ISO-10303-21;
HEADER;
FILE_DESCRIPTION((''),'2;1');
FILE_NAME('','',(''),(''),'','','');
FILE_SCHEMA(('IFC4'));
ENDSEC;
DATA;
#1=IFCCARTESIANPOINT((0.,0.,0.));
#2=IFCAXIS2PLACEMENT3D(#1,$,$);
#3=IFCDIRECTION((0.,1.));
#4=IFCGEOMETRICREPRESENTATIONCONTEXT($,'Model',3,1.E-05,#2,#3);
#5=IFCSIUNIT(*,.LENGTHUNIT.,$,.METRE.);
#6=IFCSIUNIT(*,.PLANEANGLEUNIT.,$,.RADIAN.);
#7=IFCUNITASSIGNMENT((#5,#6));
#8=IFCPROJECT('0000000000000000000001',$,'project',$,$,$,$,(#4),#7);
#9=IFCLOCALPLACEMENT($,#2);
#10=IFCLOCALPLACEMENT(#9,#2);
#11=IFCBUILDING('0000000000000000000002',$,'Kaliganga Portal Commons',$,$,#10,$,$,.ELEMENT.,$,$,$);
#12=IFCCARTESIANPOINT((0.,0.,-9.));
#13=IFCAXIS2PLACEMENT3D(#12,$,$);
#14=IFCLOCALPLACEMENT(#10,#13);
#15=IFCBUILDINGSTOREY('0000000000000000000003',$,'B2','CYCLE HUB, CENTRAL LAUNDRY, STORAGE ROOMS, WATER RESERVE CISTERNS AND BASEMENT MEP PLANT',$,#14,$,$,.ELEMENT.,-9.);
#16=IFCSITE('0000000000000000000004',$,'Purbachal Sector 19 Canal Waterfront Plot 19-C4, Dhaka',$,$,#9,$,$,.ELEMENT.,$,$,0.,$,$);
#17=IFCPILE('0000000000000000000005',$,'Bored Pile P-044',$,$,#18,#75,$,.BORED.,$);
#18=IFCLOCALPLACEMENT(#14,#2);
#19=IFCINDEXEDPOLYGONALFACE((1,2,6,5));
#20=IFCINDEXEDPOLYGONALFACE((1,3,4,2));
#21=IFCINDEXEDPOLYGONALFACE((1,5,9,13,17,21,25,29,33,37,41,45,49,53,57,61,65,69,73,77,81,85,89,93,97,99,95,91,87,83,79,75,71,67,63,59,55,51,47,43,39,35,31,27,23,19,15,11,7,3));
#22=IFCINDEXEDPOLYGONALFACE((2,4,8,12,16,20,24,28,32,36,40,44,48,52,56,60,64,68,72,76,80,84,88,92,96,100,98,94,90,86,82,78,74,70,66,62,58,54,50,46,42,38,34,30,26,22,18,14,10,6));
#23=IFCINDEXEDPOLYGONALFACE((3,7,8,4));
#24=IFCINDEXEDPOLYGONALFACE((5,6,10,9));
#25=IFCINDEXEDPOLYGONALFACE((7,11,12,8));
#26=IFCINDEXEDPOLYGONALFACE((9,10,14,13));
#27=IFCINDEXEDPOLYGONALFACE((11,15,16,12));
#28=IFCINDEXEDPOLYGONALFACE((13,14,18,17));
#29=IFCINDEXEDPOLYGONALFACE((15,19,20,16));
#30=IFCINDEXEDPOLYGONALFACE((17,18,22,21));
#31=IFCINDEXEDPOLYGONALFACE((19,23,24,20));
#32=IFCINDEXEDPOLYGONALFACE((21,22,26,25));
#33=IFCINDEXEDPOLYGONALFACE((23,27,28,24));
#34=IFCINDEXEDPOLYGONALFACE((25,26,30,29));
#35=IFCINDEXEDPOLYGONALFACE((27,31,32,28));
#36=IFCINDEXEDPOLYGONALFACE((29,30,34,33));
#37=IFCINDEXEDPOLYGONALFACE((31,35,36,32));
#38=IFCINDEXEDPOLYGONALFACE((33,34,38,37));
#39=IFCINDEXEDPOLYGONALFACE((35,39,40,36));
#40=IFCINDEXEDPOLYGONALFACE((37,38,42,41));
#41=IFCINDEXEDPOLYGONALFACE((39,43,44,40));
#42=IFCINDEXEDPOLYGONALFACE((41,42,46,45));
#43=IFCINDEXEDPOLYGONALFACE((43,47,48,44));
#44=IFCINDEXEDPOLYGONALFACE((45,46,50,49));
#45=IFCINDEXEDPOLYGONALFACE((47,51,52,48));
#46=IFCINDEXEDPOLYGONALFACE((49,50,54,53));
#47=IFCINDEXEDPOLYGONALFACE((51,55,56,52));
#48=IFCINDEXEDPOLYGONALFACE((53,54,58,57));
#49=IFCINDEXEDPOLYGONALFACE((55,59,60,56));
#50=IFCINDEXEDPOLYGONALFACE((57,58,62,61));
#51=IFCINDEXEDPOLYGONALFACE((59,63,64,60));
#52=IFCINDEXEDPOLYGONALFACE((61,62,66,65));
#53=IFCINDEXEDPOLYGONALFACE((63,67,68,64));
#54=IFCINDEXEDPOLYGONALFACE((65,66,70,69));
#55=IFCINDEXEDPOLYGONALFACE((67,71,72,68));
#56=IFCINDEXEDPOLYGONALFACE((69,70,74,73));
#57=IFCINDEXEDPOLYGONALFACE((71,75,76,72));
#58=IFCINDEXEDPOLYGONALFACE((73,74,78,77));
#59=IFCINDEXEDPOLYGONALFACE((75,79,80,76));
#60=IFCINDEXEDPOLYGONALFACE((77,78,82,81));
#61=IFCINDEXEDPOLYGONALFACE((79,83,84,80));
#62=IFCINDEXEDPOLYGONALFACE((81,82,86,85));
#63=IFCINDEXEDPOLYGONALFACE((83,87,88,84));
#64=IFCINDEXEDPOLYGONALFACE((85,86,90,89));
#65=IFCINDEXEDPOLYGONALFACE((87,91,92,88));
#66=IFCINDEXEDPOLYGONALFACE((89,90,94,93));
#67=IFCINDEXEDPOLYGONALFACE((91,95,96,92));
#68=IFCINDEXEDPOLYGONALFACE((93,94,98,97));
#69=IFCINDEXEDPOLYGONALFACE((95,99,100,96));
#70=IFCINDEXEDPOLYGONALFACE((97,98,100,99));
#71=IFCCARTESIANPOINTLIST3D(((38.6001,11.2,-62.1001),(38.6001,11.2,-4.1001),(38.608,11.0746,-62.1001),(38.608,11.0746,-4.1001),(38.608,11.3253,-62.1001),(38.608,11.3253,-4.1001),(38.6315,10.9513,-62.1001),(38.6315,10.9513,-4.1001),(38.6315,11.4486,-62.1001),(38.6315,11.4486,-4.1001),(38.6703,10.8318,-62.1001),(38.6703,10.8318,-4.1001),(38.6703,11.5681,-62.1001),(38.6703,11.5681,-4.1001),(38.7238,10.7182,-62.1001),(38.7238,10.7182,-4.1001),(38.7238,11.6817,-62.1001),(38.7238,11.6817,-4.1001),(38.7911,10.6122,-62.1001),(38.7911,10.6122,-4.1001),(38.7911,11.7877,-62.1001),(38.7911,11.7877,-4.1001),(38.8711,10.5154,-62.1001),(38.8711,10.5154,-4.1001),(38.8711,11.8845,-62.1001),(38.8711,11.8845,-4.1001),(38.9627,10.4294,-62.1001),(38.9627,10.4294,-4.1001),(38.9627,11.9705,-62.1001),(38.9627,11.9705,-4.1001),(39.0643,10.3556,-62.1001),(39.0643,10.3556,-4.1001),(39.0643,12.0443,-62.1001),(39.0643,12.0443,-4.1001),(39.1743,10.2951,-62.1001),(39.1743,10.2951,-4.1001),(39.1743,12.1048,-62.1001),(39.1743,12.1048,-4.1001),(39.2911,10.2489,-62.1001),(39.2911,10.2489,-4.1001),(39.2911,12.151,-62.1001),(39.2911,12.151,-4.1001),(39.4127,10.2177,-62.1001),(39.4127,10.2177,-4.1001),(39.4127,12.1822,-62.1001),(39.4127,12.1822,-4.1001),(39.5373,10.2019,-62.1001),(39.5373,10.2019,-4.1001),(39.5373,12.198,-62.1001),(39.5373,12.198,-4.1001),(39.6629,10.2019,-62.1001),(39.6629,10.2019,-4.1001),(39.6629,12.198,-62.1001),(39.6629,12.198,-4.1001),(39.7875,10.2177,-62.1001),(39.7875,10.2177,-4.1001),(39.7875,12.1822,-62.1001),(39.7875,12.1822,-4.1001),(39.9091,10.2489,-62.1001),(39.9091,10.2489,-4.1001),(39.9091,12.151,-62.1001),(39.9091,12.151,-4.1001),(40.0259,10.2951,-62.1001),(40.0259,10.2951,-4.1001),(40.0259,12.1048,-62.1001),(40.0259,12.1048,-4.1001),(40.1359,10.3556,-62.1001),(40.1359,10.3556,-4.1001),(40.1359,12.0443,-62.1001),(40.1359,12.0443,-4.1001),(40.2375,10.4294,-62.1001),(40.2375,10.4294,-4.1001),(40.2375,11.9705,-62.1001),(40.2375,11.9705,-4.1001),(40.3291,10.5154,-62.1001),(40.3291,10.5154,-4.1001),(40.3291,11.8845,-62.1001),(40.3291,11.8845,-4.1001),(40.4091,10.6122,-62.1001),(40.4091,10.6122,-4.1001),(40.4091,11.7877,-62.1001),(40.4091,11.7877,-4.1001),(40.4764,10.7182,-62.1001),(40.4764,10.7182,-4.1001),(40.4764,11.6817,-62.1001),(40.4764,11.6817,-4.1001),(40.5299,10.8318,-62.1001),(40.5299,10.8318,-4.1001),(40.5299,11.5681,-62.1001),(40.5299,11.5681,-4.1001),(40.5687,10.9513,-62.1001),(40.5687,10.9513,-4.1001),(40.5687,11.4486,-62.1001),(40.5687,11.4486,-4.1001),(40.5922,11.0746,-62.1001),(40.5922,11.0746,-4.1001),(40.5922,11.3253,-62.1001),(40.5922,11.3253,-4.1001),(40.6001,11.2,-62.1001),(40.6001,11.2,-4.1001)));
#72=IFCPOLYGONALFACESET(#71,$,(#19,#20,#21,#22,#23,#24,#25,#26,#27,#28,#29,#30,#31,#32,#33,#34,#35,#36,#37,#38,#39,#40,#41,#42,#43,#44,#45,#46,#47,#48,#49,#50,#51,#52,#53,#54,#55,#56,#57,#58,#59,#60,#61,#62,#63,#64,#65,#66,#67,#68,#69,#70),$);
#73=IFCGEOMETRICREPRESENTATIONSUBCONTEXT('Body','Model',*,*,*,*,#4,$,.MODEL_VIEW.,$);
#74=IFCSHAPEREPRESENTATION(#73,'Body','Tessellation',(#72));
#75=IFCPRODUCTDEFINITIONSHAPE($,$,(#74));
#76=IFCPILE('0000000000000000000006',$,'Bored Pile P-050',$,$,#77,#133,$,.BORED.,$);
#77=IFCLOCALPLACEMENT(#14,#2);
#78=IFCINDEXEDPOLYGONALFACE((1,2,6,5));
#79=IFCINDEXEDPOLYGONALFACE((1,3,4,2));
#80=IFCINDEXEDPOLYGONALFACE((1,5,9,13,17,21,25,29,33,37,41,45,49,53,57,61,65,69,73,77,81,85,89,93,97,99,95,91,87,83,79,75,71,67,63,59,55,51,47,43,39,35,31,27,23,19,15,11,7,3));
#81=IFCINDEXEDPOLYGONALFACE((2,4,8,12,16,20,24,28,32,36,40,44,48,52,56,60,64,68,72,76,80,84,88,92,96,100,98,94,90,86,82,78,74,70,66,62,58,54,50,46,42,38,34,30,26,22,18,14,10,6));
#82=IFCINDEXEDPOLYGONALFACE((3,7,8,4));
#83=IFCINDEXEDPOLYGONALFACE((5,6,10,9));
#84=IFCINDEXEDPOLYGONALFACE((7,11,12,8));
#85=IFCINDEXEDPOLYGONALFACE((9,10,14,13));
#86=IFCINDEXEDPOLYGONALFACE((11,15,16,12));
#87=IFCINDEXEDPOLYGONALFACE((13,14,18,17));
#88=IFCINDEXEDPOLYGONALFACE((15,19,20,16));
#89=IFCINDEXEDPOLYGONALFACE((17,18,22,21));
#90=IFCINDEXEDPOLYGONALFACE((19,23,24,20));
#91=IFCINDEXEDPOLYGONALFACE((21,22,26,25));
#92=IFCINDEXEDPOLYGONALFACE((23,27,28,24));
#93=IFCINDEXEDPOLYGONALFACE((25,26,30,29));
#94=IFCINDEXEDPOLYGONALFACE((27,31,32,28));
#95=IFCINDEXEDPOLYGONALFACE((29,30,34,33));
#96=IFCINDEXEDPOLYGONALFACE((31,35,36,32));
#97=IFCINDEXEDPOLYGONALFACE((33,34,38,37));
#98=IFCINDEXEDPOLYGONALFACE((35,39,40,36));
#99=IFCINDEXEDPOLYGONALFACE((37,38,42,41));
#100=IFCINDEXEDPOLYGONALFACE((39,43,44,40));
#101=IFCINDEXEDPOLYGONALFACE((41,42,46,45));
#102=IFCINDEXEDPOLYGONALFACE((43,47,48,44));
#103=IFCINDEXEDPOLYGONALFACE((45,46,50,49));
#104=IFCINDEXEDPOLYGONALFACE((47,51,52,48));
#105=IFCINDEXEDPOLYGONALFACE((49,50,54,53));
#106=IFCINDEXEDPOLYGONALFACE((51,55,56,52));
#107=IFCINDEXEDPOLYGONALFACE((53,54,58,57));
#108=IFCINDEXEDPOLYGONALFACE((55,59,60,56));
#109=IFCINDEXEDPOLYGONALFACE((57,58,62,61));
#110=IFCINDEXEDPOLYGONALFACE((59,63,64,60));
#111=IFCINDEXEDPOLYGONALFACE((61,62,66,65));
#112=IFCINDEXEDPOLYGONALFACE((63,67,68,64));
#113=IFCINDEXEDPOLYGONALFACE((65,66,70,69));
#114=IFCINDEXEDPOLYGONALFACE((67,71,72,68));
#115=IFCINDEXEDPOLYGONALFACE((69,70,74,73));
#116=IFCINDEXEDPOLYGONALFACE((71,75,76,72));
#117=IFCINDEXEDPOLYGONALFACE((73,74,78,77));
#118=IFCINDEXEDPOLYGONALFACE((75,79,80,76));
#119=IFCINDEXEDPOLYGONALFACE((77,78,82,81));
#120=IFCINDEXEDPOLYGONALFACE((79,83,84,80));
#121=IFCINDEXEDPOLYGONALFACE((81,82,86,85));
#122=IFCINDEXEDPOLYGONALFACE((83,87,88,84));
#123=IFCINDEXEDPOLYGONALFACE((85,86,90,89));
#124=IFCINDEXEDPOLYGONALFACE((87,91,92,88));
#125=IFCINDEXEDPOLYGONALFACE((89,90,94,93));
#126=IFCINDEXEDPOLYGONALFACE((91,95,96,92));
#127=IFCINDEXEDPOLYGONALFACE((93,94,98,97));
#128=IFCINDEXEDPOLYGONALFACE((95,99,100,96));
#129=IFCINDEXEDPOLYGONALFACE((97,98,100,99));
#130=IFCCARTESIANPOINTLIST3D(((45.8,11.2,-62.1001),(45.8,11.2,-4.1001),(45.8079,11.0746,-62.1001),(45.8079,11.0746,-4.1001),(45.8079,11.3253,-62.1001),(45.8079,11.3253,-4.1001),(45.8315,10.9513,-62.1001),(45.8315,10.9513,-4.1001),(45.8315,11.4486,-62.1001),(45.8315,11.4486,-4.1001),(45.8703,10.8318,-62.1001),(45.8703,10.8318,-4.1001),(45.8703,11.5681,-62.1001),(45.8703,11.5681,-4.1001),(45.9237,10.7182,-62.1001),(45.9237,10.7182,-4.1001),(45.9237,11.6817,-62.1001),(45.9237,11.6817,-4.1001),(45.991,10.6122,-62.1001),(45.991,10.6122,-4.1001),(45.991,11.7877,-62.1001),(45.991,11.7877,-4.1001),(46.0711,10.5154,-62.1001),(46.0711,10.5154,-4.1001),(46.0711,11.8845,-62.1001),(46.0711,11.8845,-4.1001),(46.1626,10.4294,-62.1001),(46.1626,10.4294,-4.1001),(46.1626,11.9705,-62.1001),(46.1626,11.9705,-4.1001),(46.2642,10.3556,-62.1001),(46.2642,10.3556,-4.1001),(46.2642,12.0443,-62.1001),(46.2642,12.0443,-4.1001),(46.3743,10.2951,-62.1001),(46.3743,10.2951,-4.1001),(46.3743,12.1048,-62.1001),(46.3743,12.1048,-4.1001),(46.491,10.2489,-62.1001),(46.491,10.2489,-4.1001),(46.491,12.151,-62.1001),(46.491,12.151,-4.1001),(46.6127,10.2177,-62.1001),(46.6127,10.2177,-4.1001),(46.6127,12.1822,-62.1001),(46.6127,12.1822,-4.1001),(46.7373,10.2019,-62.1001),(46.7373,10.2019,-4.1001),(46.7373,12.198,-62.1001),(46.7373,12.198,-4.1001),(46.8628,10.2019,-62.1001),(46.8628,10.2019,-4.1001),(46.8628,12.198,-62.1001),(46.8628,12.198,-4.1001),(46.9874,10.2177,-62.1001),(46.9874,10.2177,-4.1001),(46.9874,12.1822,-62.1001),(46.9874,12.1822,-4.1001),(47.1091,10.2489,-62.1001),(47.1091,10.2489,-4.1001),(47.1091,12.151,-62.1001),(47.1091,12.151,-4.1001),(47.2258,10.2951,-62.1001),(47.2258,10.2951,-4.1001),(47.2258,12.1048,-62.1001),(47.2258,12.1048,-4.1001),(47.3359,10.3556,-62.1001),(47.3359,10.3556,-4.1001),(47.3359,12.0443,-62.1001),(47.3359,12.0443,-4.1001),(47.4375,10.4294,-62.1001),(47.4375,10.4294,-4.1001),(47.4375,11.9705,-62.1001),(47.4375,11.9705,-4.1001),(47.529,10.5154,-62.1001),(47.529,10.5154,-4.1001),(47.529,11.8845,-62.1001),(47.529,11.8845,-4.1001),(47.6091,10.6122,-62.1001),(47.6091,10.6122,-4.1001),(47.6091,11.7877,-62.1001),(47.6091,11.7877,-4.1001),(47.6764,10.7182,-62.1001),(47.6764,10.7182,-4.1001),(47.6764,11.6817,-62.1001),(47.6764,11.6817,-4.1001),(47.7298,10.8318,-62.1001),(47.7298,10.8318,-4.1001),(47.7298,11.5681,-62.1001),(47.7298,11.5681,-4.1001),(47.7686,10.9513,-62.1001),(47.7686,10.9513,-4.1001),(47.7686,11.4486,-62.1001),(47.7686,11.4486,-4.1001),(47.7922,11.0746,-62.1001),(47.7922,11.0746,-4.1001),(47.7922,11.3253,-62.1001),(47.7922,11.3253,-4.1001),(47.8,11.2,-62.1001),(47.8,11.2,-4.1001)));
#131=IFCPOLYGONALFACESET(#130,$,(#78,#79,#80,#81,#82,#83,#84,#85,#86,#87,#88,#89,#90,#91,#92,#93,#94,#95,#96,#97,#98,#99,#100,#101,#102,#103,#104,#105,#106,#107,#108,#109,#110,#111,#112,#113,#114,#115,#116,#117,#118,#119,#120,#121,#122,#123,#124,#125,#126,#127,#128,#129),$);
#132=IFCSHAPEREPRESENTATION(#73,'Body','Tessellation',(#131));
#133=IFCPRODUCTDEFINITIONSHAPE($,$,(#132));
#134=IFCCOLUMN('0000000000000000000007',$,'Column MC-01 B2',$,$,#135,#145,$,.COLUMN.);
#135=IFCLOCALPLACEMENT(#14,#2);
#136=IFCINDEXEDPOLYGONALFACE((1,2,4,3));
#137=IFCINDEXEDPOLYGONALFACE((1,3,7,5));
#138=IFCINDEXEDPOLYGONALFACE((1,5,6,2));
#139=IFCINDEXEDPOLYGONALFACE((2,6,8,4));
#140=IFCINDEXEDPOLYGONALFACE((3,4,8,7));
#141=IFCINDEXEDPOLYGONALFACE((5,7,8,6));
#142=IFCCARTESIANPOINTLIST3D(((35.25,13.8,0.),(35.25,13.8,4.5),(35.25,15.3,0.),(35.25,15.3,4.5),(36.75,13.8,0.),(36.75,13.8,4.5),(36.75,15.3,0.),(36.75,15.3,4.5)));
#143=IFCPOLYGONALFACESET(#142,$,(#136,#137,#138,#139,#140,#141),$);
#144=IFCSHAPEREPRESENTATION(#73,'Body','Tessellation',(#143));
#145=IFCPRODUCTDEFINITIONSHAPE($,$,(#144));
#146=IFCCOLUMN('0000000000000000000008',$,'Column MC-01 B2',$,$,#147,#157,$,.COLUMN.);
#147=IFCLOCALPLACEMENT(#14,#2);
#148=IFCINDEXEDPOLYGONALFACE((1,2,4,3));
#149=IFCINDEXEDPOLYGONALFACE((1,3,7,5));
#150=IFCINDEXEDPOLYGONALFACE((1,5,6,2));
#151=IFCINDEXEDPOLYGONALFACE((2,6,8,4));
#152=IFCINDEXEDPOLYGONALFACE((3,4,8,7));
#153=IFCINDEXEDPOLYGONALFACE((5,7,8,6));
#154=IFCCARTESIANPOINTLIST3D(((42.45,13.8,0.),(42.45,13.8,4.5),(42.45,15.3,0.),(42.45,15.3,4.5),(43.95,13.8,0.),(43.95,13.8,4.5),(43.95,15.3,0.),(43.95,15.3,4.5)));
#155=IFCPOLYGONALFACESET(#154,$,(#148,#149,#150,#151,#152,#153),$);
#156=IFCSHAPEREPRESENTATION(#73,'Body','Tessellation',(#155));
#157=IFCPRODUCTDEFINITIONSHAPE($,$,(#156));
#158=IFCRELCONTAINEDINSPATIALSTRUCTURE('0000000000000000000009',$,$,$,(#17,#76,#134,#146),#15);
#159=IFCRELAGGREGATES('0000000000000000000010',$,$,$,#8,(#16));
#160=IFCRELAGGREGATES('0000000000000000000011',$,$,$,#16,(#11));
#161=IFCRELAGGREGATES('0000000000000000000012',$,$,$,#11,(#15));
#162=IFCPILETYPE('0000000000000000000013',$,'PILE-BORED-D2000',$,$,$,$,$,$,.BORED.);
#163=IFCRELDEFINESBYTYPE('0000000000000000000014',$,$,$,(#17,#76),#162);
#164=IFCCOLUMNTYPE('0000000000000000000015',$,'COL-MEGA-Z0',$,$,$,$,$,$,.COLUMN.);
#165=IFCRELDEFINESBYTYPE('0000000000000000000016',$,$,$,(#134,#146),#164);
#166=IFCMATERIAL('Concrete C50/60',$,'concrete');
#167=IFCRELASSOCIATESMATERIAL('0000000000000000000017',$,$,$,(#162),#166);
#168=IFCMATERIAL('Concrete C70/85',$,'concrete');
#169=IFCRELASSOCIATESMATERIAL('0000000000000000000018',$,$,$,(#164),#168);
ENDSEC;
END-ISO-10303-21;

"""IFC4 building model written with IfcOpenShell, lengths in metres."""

from ifc_helpers import new_model, si_unit, direction, frame, origin, origin_2d, place, context, subcontext, project, spatial, rectangle, circle, extrude, source, transform, mapped, material, material_profile, profile_set, type_object, element, save


model = new_model("IFC4")

# Units and contexts
model_context = context("Model", 3, precision=1e-05, world=origin(), true_north=direction((0.0, 1.0)))
body_context = subcontext(model_context, "Body", "Model", "MODEL_VIEW")
ifc_project = project(units=[si_unit("LENGTHUNIT", "METRE"), si_unit("PLANEANGLEUNIT", "RADIAN")], contexts=[model_context])

# Site, building, storey
site_placement = place(None, origin())
site = spatial("IfcSite", under=ifc_project, at=site_placement, Name="Purbachal Sector 19 Canal Waterfront Plot 19-C4, Dhaka", CompositionType="ELEMENT", RefElevation=0.0)
building_placement = place(site_placement, origin())
building = spatial("IfcBuilding", under=site, at=building_placement, Name="Kaliganga Portal Commons", CompositionType="ELEMENT")
storey_placement = place(building_placement, frame((0.0, 0.0, -9.0)))
storey = spatial("IfcBuildingStorey", under=building, at=storey_placement, Name="B2", Description="CYCLE HUB, CENTRAL LAUNDRY, STORAGE ROOMS, WATER RESERVE CISTERNS AND BASEMENT MEP PLANT", CompositionType="ELEMENT", Elevation=-9.0)

# Piles
ifc_material_1 = material(Name="Concrete C50/60", Category="concrete")
ifc_material_profile_1 = material_profile(ifc_material_1, circle(Radius=1.0, at=origin_2d()), Name="PILE D2000")
ifc_profile_set_1 = profile_set([ifc_material_profile_1], Name="Concrete C50/60")
pile_type = type_object("IfcPileType", Name="PILE-BORED-D2000", PredefinedType="BORED", material=ifc_profile_set_1)
for number, where, z_axis, x_axis, name in (
    (1, (39.6001, 11.2, -4.1001), (0.0, 0.0, -1.0), (1.0, 0.0, 0.0), "Bored Pile P-044"),
    (2, (46.8, 11.2, -4.1001), (0.0, 0.0, -1.0), (1.0, 0.0, 0.0), "Bored Pile P-050"),
):
    element("IfcPile", number, at=place(storey_placement, frame(where, z_axis=z_axis, x_axis=x_axis)), inside=storey, type_object=pile_type, Name=name, PredefinedType="BORED", context=body_context, shape_type="SweptSolid", body=[
        extrude(circle(Radius=1.0, at=origin_2d()), origin(), (0.0, 0.0, 1.0), 58.0),
    ])

# Columns
ifc_material_2 = material(Name="Concrete C70/85", Category="concrete")
ifc_material_profile_2 = material_profile(ifc_material_2, rectangle(XDim=1.5, YDim=1.5, at=origin_2d()), Name="RC 1500x1500")
ifc_profile_set_2 = profile_set([ifc_material_profile_2], Name="Concrete C70/85")
column_type = type_object("IfcColumnType", Name="COL-MEGA-Z0", PredefinedType="COLUMN", material=ifc_profile_set_2)
shared_shape_1 = source(origin(), body_context, "Body", "SweptSolid", [
    extrude(rectangle(XDim=1.5, YDim=1.5, at=origin_2d()), origin(), (0.0, 0.0, 1.0), 4.5),
])
for number, where, z_axis, x_axis, name in (
    (3, (36.0, 14.55, 0.0), (0.0, 0.0, 1.0), (1.0, 0.0, 0.0), "Column MC-01 B2"),
    (4, (43.2, 14.55, 0.0), (0.0, 0.0, 1.0), (1.0, 0.0, 0.0), "Column MC-01 B2"),
):
    element("IfcColumn", number, at=place(storey_placement, frame(where, z_axis=z_axis, x_axis=x_axis)), inside=storey, type_object=column_type, Name=name, PredefinedType="COLUMN", context=body_context, shape_type="MappedRepresentation", body=[
        mapped(shared_shape_1, transform((0.0, 0.0, 0.0), x_axis=(1.0, 0.0, 0.0), y_axis=(0.0, 1.0, 0.0), z_axis=(0.0, 0.0, 1.0), scale=1.0)),
    ])

save(model, "model.ifc")
